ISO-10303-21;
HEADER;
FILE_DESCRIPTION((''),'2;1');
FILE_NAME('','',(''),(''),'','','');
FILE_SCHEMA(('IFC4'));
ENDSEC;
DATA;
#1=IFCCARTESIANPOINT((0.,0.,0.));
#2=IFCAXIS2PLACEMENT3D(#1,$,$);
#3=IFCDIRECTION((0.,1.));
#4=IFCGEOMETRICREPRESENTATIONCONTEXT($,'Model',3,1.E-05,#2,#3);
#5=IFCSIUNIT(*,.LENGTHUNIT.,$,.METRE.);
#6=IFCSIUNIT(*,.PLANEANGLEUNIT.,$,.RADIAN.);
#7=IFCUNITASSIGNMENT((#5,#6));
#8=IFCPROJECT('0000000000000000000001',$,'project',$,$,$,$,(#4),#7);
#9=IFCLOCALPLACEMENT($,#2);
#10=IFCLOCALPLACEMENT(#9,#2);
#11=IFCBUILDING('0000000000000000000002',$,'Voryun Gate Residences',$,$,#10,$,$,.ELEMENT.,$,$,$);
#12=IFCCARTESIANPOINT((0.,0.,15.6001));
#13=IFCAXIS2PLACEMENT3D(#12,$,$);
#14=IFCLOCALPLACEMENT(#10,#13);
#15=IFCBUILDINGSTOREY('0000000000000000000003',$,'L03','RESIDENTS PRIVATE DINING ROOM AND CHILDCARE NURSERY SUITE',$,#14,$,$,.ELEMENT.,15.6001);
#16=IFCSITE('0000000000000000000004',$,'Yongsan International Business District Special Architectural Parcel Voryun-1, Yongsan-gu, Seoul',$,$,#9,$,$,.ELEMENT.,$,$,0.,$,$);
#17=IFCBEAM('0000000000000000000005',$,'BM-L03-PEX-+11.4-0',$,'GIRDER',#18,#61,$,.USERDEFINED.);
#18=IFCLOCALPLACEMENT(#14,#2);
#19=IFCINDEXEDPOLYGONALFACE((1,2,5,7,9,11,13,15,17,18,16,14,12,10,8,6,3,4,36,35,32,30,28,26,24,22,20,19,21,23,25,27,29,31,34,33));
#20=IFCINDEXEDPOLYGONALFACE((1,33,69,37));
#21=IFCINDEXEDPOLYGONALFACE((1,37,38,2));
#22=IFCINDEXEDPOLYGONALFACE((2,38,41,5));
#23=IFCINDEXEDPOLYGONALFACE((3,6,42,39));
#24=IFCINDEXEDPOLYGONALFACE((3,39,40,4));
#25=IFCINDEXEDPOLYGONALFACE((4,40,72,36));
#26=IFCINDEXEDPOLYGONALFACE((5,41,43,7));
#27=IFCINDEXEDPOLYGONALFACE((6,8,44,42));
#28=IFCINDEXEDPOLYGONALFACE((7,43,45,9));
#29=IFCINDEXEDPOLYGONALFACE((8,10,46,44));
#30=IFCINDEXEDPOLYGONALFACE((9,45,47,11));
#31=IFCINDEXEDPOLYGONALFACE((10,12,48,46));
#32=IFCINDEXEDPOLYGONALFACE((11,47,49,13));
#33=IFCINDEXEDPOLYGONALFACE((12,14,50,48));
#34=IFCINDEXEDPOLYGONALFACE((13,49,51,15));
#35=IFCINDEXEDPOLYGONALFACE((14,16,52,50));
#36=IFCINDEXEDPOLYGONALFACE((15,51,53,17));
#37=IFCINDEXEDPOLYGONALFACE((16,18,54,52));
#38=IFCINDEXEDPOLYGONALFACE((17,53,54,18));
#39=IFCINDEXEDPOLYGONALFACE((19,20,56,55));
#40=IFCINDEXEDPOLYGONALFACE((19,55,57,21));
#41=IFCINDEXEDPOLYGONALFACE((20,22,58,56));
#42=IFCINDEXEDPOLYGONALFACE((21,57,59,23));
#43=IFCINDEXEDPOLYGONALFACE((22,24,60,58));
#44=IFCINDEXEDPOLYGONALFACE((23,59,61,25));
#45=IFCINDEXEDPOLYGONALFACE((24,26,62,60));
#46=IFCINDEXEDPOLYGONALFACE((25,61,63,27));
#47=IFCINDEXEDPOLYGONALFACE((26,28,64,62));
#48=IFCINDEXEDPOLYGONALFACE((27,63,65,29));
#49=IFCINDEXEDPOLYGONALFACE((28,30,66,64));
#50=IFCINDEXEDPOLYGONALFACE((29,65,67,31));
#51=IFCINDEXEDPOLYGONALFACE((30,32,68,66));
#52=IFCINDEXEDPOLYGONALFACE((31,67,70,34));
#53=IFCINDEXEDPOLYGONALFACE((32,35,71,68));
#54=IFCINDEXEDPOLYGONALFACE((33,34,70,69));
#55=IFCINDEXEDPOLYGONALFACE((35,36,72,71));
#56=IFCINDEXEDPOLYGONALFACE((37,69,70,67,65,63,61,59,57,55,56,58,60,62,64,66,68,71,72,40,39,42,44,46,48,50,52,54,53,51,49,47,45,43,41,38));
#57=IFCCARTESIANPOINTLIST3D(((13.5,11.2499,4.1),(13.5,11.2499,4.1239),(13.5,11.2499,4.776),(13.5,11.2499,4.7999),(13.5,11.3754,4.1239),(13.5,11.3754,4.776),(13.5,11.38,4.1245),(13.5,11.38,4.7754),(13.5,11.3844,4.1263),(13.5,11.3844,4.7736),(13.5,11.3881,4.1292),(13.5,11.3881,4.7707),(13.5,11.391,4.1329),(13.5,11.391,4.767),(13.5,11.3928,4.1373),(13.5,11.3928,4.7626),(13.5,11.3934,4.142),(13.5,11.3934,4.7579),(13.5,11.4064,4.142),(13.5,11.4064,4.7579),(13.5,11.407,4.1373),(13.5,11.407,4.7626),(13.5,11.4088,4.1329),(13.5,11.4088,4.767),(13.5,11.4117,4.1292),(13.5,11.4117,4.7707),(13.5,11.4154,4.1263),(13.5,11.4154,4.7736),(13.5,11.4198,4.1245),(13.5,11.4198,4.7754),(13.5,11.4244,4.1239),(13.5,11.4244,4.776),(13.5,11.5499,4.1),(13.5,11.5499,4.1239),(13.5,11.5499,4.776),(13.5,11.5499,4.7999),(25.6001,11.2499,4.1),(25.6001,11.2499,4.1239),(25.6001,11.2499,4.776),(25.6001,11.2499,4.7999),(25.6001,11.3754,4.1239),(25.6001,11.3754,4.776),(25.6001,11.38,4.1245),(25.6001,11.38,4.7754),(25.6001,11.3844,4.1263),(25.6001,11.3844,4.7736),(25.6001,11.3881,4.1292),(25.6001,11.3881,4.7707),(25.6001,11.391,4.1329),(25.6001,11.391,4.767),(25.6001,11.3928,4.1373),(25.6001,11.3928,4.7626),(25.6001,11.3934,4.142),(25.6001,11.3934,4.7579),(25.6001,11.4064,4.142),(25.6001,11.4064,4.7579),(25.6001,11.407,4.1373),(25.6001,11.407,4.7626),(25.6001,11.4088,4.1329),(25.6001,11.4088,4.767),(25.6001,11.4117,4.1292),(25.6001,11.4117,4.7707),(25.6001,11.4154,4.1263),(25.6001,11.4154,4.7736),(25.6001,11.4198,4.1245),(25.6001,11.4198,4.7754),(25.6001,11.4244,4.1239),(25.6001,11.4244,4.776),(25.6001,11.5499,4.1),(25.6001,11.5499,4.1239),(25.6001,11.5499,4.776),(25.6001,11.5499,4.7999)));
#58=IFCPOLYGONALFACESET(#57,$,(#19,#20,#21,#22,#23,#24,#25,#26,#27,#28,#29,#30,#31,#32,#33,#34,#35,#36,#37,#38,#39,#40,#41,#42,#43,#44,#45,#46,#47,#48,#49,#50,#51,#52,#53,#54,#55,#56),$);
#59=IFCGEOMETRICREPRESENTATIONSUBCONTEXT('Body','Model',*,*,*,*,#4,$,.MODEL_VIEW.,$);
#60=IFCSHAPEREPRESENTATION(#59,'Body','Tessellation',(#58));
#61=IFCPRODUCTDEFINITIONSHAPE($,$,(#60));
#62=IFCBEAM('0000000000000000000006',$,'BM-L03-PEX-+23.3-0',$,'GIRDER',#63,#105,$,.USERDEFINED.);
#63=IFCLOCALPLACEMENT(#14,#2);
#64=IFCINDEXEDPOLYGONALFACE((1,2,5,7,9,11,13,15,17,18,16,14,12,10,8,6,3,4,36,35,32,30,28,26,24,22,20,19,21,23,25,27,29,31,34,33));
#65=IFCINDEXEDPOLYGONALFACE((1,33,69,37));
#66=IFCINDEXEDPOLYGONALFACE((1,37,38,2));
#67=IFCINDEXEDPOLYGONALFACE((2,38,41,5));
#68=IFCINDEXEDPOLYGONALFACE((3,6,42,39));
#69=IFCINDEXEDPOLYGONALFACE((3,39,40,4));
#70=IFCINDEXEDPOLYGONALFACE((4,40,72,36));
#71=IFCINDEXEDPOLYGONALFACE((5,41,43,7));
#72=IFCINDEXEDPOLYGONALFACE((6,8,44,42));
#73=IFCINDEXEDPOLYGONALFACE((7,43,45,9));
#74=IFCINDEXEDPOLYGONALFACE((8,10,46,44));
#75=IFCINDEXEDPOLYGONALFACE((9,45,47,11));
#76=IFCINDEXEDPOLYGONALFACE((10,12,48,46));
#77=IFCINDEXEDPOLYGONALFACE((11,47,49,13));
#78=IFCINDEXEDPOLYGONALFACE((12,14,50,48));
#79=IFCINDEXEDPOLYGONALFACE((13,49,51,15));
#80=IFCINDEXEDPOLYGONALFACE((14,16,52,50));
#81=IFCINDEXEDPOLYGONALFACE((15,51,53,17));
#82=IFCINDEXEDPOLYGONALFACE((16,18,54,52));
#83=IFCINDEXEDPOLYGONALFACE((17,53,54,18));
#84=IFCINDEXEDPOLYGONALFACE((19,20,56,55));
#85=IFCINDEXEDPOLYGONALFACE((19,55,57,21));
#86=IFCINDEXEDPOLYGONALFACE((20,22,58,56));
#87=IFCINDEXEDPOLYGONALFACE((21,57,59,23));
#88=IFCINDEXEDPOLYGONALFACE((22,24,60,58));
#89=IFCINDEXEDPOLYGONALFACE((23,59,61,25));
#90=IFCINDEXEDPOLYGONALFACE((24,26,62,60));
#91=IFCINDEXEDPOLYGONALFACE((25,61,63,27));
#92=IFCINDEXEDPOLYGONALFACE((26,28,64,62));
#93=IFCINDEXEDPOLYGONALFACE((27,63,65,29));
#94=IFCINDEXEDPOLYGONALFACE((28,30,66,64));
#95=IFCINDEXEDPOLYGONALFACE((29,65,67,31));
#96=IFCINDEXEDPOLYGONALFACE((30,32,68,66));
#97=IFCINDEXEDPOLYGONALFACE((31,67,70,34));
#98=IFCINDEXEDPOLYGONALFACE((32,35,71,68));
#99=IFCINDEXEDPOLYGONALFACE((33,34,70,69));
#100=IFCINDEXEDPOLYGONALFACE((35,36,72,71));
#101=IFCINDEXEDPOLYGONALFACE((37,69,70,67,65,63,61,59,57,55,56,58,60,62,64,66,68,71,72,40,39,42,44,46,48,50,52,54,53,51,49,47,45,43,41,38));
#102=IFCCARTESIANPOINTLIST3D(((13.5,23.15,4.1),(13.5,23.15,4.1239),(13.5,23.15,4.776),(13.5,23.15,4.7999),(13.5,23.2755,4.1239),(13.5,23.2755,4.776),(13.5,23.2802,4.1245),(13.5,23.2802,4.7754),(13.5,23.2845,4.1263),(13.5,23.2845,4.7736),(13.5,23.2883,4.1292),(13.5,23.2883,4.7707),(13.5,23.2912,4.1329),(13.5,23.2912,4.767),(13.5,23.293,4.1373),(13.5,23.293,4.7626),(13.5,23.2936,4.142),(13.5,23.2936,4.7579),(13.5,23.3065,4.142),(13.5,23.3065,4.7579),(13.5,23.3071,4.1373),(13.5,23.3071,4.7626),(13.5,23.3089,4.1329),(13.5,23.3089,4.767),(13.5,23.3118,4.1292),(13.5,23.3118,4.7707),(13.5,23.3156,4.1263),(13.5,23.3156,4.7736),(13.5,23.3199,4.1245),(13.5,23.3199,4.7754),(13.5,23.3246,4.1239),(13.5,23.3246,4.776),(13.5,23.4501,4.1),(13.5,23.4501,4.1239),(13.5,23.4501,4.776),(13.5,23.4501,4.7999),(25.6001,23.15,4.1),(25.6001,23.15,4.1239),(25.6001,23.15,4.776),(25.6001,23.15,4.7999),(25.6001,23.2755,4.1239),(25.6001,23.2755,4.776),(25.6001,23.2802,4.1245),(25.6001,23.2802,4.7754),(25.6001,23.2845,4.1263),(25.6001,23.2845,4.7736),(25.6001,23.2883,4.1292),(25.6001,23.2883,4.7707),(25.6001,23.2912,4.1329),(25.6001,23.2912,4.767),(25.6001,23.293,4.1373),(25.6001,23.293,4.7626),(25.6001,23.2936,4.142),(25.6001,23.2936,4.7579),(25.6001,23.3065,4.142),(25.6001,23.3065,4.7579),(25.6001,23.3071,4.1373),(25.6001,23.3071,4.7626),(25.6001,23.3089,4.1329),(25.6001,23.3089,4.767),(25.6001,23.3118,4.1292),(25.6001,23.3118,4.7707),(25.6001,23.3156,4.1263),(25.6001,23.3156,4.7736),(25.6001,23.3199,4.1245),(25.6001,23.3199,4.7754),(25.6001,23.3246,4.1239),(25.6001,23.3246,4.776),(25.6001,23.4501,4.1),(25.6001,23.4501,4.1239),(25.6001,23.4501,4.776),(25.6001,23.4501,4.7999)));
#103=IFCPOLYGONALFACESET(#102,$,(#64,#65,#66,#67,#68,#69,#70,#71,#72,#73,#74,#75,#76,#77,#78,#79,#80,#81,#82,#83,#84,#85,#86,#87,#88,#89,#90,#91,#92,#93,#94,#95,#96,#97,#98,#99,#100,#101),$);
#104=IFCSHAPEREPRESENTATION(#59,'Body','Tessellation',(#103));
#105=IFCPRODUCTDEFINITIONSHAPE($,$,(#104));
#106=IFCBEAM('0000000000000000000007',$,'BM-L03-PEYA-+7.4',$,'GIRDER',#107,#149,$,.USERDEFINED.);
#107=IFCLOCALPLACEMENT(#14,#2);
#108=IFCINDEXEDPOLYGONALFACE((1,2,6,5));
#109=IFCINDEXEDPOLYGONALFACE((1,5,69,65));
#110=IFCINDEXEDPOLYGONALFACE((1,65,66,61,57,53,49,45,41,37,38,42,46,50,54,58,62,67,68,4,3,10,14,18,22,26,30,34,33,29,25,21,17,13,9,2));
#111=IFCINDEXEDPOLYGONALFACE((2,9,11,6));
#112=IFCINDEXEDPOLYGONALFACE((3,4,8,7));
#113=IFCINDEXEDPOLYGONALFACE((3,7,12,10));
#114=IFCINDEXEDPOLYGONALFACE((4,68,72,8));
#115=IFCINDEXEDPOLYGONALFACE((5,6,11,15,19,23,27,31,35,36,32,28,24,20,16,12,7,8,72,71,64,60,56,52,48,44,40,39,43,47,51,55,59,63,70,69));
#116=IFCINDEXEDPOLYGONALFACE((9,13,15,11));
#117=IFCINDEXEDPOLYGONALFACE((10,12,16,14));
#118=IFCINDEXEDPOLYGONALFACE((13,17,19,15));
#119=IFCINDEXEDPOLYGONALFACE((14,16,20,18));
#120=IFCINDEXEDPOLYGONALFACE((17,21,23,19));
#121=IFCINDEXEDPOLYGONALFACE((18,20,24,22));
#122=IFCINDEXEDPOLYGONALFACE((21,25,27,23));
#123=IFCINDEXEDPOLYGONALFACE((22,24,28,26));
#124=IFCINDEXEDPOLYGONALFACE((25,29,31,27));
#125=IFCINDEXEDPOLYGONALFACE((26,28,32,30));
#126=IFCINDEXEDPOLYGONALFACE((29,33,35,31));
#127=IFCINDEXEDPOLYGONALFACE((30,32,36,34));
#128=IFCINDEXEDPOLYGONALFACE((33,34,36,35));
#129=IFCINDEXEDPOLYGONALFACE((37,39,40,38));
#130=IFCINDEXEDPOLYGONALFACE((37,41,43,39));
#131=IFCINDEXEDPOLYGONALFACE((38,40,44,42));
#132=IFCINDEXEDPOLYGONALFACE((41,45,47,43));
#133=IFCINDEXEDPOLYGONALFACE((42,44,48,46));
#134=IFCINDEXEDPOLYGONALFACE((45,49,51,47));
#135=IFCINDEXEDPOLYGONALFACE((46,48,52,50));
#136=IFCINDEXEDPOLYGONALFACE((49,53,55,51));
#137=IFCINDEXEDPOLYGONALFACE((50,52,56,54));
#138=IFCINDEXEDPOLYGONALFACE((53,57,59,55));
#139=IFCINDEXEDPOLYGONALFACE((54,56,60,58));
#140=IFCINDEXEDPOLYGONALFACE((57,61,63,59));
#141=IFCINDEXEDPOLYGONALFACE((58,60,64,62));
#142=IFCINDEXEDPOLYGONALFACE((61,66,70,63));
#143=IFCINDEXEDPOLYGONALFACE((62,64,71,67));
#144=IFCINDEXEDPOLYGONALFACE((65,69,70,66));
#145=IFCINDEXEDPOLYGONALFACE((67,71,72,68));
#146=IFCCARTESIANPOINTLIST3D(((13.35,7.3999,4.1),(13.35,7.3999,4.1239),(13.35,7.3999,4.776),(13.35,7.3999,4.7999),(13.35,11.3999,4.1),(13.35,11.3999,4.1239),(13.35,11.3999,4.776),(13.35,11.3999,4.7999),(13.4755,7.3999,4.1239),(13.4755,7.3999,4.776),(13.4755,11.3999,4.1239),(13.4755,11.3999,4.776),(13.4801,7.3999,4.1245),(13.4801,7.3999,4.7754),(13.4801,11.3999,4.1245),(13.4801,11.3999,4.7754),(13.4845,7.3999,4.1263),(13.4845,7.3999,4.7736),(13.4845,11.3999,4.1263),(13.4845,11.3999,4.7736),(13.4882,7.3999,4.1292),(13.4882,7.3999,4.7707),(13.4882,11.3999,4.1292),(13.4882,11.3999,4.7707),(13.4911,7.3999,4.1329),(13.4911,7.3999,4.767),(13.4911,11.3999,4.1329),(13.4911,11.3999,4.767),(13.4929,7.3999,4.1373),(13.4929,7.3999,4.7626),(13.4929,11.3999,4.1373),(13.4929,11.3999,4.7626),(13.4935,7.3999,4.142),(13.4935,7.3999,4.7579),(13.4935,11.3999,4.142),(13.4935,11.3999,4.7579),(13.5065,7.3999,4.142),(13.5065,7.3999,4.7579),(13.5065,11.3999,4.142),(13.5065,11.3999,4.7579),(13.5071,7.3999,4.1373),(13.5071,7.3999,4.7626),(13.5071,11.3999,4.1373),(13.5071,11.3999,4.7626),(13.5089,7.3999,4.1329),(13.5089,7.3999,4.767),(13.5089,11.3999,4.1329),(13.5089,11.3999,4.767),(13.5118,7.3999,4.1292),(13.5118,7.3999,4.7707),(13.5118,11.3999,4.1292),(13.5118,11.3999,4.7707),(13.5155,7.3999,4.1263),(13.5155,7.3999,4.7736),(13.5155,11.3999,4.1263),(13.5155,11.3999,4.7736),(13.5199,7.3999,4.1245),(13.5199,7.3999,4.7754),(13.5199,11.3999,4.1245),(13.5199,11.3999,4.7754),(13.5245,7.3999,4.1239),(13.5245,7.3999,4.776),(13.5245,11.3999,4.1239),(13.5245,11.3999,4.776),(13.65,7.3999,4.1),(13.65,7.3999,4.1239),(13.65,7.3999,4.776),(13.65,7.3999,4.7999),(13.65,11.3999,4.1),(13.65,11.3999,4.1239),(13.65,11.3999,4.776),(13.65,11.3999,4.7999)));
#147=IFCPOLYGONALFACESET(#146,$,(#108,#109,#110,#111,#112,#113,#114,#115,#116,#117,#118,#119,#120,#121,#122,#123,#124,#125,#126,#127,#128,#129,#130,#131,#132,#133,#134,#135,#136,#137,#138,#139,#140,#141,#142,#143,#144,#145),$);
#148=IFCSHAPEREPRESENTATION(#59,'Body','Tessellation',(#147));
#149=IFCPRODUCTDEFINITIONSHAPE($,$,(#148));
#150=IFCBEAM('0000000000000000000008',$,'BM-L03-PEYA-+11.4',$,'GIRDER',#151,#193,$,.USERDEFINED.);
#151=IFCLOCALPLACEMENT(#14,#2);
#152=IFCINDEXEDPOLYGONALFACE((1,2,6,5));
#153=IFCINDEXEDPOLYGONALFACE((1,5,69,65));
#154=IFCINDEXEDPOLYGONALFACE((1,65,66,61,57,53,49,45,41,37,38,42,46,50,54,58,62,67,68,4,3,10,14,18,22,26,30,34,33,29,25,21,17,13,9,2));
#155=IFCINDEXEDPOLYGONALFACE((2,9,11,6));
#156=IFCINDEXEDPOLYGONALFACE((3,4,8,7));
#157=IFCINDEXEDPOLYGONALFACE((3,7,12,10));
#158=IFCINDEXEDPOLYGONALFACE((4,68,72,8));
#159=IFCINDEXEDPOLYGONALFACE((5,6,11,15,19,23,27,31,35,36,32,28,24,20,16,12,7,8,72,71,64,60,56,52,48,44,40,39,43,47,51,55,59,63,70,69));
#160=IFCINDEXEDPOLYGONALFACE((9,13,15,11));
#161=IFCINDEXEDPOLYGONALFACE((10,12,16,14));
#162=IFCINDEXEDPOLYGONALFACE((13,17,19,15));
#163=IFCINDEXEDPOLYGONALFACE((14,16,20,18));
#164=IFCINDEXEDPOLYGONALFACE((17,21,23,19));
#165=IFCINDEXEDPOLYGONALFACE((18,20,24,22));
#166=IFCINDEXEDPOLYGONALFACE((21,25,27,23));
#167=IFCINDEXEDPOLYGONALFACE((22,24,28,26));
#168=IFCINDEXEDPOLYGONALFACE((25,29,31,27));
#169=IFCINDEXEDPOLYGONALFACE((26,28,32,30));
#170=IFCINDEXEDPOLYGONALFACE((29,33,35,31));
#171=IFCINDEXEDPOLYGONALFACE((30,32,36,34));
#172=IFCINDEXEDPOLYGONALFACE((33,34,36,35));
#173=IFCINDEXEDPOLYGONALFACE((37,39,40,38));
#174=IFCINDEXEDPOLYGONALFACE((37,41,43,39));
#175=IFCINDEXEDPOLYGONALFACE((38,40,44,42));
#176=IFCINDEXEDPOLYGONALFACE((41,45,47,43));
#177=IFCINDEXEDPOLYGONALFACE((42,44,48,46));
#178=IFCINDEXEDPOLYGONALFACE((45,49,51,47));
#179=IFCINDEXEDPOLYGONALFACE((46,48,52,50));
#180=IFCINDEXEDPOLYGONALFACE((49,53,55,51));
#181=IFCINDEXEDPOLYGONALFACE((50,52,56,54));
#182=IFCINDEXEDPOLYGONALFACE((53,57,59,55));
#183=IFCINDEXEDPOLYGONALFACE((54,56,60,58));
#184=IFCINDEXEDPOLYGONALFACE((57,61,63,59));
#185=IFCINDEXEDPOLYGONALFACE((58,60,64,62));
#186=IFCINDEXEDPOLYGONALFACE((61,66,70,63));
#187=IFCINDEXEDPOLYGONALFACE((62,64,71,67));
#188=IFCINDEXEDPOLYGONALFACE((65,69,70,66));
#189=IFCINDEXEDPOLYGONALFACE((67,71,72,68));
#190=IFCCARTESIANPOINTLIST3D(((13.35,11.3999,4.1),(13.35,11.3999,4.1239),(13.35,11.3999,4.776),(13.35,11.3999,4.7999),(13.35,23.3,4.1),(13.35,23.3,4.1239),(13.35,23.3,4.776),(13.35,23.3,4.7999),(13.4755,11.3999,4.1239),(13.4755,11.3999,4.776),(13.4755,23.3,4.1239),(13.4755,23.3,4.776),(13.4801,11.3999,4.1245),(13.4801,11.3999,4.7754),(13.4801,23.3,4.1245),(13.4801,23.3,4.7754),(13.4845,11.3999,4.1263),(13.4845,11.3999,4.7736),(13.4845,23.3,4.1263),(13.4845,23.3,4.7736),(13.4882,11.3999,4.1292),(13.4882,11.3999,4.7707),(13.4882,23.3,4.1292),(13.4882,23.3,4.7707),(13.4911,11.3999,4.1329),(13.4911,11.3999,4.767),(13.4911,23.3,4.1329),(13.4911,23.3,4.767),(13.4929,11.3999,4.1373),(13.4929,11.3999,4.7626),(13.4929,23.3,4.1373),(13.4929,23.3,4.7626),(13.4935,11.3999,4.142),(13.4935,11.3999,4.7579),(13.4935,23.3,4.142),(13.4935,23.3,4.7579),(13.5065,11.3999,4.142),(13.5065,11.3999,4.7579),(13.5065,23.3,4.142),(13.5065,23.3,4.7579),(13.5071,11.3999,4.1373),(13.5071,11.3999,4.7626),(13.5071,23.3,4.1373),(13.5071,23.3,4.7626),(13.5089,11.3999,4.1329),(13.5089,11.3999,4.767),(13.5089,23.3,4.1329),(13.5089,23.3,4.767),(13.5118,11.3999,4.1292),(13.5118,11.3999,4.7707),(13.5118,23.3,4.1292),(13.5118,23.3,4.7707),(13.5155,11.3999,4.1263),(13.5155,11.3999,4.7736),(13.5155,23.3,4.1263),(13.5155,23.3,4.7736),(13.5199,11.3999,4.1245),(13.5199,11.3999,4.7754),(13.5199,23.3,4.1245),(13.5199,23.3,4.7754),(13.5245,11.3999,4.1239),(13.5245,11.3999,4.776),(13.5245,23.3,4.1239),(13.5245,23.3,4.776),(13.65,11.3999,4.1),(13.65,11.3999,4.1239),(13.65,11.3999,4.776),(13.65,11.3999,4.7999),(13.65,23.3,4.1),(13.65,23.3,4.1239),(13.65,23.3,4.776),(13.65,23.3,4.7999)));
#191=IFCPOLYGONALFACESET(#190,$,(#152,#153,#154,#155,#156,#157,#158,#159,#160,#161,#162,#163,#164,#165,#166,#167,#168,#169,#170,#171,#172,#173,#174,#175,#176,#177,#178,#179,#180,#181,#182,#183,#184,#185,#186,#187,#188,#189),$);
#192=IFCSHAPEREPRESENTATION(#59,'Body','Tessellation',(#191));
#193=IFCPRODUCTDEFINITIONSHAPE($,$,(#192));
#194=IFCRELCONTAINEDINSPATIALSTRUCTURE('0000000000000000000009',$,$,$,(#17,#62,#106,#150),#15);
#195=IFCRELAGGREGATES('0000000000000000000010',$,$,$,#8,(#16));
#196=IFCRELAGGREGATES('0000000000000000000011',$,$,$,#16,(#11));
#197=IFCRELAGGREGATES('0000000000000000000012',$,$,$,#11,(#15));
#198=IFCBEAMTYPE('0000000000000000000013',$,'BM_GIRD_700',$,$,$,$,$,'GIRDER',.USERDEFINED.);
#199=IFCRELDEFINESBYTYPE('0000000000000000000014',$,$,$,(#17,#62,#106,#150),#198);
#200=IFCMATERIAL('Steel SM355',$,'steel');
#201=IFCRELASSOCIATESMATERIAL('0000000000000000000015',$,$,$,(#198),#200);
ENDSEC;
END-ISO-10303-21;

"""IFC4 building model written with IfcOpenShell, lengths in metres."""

from ifc_helpers import new_model, si_unit, direction, frame, origin, origin_2d, place, context, subcontext, project, spatial, i_section, extrude, material, material_profile, profile_set, type_object, element, save


model = new_model("IFC4")

# Units and contexts
model_context = context("Model", 3, precision=1e-05, world=origin(), true_north=direction((0.0, 1.0)))
body_context = subcontext(model_context, "Body", "Model", "MODEL_VIEW")
ifc_project = project(units=[si_unit("LENGTHUNIT", "METRE"), si_unit("PLANEANGLEUNIT", "RADIAN")], contexts=[model_context])

# Site, building, storey
site_placement = place(None, origin())
site = spatial("IfcSite", under=ifc_project, at=site_placement, Name="Yongsan International Business District Special Architectural Parcel Voryun-1, Yongsan-gu, Seoul", CompositionType="ELEMENT", RefElevation=0.0)
building_placement = place(site_placement, origin())
building = spatial("IfcBuilding", under=site, at=building_placement, Name="Voryun Gate Residences", CompositionType="ELEMENT")
storey_placement = place(building_placement, frame((0.0, 0.0, 15.6001)))
storey = spatial("IfcBuildingStorey", under=building, at=storey_placement, Name="L03", Description="RESIDENTS PRIVATE DINING ROOM AND CHILDCARE NURSERY SUITE", CompositionType="ELEMENT", Elevation=15.6001)

# Beams
ifc_material_1 = material(Name="Steel SM355", Category="steel")
ifc_material_profile_1 = material_profile(ifc_material_1, i_section(OverallWidth=0.3, OverallDepth=0.7, WebThickness=0.0129, FlangeThickness=0.0239, FilletRadius=0.0181, at=origin_2d()), Name="H-700x300x13x24")
ifc_profile_set_1 = profile_set([ifc_material_profile_1], Name="Steel SM355")
beam_type_1 = type_object("IfcBeamType", Name="BM_GIRD_700", ElementType="GIRDER", PredefinedType="USERDEFINED", material=ifc_profile_set_1)
for number, where, z_axis, x_axis, name in (
    (1, (13.5, 11.3999, 4.45), (1.0, 0.0, 0.0), (0.0, 1.0, 0.0), "BM-L03-PEX-+11.4-0"),
    (2, (13.5, 23.3, 4.45), (1.0, 0.0, 0.0), (0.0, 1.0, 0.0), "BM-L03-PEX-+23.3-0"),
):
    element("IfcBeam", number, at=place(storey_placement, frame(where, z_axis=z_axis, x_axis=x_axis)), inside=storey, type_object=beam_type_1, Name=name, ObjectType="GIRDER", PredefinedType="USERDEFINED", context=body_context, shape_type="SweptSolid", body=[
        extrude(i_section(OverallWidth=0.3, OverallDepth=0.7, WebThickness=0.0129, FlangeThickness=0.0239, FilletRadius=0.0181, at=origin_2d()), origin(), (0.0, 0.0, 1.0), 12.1001),
    ])
beam_1_placement = place(storey_placement, frame((13.5, 7.3999, 4.45), z_axis=(0.0, 1.0, 0.0), x_axis=(-1.0, 0.0, 0.0)))
element("IfcBeam", 3, at=beam_1_placement, inside=storey, type_object=beam_type_1, Name="BM-L03-PEYA-+7.4", ObjectType="GIRDER", PredefinedType="USERDEFINED", context=body_context, shape_type="SweptSolid", body=[
    extrude(i_section(OverallWidth=0.3, OverallDepth=0.7, WebThickness=0.0129, FlangeThickness=0.0239, FilletRadius=0.0181, at=origin_2d()), origin(), (0.0, 0.0, 1.0), 4.0),
])
beam_2_placement = place(storey_placement, frame((13.5, 11.3999, 4.45), z_axis=(0.0, 1.0, 0.0), x_axis=(-1.0, 0.0, 0.0)))
element("IfcBeam", 4, at=beam_2_placement, inside=storey, type_object=beam_type_1, Name="BM-L03-PEYA-+11.4", ObjectType="GIRDER", PredefinedType="USERDEFINED", context=body_context, shape_type="SweptSolid", body=[
    extrude(i_section(OverallWidth=0.3, OverallDepth=0.7, WebThickness=0.0129, FlangeThickness=0.0239, FilletRadius=0.0181, at=origin_2d()), origin(), (0.0, 0.0, 1.0), 11.9001),
])

save(model, "model.ifc")
